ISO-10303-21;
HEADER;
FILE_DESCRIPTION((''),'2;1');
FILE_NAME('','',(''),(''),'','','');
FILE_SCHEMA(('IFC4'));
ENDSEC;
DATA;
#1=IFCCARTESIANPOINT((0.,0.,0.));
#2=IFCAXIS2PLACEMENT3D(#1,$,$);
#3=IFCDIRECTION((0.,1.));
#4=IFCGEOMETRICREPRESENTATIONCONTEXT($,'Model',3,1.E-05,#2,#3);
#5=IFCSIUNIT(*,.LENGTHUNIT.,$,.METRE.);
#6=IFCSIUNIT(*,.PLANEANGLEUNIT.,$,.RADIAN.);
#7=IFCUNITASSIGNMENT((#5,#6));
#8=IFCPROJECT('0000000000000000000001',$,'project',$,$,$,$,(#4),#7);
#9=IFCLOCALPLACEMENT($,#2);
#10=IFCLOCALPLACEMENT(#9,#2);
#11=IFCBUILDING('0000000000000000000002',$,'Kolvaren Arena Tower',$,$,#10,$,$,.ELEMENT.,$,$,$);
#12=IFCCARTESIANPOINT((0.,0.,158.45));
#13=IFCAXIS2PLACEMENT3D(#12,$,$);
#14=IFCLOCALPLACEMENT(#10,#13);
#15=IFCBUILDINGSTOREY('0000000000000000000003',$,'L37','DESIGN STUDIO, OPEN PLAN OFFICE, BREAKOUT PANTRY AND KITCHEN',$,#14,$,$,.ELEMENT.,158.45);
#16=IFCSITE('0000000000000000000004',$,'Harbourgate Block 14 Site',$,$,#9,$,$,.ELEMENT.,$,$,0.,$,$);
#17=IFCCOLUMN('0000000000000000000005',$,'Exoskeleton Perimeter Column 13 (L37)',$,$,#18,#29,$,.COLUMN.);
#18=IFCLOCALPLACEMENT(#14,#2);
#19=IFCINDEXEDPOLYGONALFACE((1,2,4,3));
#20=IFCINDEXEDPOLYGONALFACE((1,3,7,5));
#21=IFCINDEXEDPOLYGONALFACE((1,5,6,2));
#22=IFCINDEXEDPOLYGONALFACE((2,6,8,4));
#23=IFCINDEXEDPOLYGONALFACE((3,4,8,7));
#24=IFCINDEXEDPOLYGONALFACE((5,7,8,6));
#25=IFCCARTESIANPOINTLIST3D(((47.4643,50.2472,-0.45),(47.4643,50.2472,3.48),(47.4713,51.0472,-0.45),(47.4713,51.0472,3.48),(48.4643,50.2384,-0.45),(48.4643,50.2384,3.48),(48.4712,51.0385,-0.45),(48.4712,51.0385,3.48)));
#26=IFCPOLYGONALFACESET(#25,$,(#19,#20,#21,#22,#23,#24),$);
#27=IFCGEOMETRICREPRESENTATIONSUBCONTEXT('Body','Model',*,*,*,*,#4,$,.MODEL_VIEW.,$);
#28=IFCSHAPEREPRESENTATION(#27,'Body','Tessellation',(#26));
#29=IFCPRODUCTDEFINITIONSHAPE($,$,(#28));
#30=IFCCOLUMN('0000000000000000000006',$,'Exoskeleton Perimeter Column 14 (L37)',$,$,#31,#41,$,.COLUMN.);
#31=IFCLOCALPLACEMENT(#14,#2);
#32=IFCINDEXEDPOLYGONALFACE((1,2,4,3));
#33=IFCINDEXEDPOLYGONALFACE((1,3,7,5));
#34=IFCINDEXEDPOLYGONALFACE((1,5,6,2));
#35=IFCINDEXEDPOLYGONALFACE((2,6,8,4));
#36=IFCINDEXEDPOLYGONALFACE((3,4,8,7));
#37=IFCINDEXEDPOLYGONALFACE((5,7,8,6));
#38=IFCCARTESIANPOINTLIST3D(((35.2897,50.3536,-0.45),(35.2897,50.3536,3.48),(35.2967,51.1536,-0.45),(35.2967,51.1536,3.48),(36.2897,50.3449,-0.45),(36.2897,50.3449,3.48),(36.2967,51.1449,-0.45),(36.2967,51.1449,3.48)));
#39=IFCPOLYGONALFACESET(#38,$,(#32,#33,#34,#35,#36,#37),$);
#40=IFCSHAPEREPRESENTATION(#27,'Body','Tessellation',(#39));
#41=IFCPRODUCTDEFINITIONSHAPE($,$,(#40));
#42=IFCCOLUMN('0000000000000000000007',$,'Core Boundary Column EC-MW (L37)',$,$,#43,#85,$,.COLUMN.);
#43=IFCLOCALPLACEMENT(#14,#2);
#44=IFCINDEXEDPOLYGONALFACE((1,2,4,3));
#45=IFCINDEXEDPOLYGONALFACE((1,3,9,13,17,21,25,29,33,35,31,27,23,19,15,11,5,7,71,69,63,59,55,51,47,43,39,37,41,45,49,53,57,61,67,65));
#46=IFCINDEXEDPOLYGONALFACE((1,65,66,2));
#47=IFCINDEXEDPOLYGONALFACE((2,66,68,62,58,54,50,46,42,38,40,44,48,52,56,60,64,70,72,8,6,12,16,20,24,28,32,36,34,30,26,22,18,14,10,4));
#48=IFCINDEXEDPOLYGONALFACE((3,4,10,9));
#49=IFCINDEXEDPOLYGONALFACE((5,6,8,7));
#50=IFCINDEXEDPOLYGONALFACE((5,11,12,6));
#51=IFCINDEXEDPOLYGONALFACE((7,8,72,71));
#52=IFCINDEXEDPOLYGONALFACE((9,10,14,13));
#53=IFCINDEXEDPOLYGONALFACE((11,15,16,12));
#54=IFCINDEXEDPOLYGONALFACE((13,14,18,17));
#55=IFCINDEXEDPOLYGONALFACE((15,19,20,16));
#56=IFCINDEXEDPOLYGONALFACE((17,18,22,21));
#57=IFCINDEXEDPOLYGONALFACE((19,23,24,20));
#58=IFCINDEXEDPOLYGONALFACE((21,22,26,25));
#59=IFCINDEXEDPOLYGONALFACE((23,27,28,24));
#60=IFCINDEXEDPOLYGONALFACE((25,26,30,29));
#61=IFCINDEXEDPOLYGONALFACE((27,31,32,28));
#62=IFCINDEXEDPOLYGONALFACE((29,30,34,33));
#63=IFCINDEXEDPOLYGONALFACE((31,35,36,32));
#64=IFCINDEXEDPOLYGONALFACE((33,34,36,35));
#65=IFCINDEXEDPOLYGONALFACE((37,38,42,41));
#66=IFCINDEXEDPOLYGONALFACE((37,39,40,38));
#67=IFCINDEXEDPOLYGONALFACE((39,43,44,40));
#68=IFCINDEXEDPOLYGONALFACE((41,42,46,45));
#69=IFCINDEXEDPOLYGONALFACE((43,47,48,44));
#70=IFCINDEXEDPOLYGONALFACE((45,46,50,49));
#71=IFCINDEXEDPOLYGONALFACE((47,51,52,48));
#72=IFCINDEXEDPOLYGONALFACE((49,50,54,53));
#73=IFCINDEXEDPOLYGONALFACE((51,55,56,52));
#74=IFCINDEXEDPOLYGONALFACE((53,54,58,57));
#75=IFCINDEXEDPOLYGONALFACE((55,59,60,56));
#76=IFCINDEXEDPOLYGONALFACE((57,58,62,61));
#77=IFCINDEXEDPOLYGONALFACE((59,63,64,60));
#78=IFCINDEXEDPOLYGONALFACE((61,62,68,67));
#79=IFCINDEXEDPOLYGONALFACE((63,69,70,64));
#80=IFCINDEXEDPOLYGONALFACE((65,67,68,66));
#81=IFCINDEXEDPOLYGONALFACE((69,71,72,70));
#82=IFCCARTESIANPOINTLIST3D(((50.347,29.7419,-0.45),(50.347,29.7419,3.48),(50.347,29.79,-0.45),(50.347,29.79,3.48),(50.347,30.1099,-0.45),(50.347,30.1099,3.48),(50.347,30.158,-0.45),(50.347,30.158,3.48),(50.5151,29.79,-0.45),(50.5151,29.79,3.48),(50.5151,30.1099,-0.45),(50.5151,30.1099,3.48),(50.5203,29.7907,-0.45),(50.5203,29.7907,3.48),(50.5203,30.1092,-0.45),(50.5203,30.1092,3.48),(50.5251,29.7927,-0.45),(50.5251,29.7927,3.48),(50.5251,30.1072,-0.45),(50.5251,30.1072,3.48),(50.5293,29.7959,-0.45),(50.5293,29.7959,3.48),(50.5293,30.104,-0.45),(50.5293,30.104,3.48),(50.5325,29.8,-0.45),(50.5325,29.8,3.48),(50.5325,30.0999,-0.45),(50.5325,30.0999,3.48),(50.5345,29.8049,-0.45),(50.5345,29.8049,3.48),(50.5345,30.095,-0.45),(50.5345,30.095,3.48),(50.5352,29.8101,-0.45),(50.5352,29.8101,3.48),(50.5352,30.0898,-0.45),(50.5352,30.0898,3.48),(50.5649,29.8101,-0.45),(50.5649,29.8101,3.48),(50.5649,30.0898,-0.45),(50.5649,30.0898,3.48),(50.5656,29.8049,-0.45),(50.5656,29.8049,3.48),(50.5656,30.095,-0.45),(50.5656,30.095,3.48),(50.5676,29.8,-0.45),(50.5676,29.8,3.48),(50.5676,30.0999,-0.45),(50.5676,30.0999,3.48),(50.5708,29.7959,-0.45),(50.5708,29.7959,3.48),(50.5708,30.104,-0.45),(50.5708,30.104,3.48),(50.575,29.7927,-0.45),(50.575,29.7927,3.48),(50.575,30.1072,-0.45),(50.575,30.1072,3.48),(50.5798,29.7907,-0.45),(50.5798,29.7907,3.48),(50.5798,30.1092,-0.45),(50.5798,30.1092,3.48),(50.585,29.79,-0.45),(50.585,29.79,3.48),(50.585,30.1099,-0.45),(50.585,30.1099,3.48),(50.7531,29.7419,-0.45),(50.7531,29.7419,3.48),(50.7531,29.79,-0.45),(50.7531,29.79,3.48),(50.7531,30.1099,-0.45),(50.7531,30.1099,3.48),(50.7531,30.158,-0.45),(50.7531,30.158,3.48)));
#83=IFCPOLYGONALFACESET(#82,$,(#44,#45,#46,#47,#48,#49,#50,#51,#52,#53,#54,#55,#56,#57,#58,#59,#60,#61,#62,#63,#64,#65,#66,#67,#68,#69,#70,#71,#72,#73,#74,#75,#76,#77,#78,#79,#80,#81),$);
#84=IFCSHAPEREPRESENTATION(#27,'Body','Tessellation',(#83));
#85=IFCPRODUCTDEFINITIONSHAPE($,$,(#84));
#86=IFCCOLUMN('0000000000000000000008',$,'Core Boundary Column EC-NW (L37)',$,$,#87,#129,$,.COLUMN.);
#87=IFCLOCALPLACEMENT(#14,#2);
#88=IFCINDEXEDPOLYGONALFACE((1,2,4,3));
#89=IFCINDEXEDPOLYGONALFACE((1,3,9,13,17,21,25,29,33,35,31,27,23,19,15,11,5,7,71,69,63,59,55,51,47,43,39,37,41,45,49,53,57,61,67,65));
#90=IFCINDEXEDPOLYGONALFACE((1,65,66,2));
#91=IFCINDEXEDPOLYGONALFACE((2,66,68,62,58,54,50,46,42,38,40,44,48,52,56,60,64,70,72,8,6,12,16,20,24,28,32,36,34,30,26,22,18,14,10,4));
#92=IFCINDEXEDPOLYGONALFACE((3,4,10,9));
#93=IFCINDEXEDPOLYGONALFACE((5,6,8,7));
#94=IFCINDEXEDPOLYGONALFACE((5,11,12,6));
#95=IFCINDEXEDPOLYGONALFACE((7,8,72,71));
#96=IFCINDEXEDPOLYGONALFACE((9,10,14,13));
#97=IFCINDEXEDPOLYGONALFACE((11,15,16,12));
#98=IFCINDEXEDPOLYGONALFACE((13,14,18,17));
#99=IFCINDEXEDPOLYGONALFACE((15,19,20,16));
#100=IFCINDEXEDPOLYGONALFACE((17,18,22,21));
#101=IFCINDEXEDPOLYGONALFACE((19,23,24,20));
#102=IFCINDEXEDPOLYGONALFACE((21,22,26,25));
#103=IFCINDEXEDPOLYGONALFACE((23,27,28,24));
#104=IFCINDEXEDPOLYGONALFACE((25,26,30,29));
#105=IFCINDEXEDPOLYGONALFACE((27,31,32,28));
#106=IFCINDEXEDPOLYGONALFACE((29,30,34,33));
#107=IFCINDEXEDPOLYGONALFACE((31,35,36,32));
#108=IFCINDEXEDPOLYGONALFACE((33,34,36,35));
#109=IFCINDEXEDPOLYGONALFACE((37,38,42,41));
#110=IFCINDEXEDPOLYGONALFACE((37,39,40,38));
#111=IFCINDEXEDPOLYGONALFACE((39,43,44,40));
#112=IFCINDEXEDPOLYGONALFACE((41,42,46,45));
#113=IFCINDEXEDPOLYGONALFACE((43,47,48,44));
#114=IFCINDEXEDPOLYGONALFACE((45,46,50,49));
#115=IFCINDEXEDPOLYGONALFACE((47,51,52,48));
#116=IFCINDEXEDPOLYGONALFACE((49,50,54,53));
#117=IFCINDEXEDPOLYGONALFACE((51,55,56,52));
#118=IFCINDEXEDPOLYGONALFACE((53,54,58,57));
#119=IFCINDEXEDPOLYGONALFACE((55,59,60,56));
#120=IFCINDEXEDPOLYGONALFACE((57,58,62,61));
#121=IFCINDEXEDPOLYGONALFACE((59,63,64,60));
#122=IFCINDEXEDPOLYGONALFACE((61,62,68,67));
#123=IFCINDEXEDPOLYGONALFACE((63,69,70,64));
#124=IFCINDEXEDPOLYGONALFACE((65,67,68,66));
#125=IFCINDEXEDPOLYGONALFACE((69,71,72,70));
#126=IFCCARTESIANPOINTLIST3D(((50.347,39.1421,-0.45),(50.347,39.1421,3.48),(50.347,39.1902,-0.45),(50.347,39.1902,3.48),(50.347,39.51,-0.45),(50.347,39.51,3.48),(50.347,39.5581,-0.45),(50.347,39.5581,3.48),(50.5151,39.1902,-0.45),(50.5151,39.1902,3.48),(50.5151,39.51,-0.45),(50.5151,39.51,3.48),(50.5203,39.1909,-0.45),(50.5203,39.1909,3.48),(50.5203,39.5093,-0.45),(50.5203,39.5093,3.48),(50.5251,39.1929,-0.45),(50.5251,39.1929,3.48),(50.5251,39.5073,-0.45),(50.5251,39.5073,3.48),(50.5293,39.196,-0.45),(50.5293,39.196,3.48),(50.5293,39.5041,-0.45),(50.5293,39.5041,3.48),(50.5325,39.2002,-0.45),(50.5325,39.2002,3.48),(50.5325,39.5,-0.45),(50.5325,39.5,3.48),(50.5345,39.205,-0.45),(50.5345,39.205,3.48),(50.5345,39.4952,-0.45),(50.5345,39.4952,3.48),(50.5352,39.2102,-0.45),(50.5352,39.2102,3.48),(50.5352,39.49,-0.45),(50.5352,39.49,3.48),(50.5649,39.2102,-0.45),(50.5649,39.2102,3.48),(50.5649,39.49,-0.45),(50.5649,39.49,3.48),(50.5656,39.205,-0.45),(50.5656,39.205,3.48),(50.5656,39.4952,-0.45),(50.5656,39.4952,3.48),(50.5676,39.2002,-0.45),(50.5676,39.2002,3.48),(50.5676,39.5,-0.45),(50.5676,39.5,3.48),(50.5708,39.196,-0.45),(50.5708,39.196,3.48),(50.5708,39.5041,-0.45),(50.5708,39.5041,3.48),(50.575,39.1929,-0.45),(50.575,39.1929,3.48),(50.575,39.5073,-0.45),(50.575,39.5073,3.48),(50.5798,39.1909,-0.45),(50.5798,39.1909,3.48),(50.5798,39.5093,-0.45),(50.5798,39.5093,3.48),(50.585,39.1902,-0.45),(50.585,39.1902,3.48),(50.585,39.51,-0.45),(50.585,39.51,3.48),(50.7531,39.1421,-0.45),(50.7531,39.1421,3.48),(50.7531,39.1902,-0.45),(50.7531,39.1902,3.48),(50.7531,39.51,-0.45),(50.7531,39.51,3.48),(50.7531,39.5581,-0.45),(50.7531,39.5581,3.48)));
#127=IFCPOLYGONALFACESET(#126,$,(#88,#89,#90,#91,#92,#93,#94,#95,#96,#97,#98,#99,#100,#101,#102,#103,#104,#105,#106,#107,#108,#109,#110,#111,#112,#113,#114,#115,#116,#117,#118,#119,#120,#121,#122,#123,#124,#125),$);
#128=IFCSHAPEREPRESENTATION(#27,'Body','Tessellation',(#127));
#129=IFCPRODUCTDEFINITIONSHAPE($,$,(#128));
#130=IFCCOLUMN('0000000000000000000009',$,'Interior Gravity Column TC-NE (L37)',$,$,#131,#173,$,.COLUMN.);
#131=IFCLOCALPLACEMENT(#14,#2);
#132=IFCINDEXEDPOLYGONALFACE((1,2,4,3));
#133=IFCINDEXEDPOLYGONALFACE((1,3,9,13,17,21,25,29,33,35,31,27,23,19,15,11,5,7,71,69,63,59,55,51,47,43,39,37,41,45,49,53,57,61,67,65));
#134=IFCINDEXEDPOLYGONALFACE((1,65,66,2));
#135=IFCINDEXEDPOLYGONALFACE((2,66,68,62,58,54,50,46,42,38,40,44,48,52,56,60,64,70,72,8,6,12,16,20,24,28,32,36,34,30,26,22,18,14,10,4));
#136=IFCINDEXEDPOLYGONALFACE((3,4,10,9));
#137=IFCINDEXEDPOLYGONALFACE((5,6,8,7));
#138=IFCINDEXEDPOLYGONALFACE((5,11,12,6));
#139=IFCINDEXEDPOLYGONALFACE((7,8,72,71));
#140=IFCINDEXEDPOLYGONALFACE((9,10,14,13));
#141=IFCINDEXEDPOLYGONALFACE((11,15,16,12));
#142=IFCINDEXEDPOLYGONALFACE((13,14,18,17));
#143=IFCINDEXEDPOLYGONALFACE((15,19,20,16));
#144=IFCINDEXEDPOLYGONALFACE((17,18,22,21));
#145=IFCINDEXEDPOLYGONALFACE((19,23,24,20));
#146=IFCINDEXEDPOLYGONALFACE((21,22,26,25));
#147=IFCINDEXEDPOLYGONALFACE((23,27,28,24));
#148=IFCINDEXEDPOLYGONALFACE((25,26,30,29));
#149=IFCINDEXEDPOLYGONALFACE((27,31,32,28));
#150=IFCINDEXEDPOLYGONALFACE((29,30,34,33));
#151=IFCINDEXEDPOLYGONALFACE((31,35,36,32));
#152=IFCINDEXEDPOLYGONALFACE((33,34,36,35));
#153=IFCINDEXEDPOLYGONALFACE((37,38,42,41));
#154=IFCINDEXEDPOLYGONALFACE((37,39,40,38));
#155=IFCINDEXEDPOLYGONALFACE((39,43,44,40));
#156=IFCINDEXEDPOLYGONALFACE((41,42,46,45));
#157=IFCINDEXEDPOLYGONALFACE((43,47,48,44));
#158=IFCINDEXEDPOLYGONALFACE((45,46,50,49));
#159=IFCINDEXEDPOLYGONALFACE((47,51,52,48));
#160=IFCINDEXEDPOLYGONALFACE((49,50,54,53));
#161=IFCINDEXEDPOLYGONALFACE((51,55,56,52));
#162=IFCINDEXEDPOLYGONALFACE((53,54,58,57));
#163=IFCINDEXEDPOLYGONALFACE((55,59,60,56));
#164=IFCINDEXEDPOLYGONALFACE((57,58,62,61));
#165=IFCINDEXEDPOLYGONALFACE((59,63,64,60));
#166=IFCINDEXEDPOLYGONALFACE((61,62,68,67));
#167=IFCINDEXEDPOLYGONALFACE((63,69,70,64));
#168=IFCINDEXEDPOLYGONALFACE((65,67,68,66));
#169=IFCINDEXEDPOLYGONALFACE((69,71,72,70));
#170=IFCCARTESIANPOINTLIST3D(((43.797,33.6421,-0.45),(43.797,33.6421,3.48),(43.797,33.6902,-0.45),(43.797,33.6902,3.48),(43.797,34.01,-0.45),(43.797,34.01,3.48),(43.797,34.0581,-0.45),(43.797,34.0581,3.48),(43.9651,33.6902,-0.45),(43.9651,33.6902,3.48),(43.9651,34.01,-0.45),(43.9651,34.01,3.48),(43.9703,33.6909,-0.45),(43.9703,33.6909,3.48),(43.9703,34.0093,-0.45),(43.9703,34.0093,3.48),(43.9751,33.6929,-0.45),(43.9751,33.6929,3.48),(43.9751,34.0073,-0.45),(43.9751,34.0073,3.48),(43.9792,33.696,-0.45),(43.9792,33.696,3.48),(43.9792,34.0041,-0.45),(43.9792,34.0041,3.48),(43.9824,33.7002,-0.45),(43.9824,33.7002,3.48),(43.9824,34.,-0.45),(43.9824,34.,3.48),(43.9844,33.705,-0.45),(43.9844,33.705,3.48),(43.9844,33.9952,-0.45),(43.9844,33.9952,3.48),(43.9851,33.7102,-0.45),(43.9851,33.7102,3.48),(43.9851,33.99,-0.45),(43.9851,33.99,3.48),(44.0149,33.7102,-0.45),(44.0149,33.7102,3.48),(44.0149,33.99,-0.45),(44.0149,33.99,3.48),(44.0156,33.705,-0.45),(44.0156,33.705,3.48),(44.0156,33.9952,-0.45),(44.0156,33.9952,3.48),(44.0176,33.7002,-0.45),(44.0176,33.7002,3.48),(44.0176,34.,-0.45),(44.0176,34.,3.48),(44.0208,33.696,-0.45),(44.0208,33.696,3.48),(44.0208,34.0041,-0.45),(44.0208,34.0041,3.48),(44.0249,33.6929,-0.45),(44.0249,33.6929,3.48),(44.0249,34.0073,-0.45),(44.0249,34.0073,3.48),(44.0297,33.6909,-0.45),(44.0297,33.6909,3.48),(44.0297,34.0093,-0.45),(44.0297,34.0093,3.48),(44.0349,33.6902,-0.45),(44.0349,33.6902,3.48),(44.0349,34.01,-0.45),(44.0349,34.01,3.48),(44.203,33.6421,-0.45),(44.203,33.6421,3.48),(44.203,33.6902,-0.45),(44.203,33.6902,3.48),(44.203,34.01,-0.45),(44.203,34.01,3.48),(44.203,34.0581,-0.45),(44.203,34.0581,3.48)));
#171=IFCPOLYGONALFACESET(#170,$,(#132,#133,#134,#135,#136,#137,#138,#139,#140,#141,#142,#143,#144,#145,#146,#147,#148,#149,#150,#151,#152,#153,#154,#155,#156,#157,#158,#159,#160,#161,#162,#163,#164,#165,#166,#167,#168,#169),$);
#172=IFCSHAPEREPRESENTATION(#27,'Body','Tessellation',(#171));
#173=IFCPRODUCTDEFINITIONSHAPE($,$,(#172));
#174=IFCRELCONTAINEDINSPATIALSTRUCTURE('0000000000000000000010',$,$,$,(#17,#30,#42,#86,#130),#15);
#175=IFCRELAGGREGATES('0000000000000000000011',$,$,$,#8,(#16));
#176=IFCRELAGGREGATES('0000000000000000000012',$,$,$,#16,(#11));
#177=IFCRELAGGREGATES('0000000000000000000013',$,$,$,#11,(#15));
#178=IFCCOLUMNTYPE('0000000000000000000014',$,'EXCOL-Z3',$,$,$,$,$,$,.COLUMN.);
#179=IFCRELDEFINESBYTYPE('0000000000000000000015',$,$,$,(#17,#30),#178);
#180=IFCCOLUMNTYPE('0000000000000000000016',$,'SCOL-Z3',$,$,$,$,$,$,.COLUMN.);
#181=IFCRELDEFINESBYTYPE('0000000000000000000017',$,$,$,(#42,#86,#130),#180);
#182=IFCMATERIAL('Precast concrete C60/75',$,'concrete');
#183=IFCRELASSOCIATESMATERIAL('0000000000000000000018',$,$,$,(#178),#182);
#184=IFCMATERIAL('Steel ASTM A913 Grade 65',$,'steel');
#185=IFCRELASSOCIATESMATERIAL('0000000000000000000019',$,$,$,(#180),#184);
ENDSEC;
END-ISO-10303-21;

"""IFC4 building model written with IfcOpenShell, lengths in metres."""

from ifc_helpers import new_model, si_unit, direction, frame, origin, origin_2d, place, context, subcontext, project, spatial, rectangle, i_section, extrude, material, material_profile, profile_set, type_object, element, save


model = new_model("IFC4")

# Units and contexts
model_context = context("Model", 3, precision=1e-05, world=origin(), true_north=direction((0.0, 1.0)))
body_context = subcontext(model_context, "Body", "Model", "MODEL_VIEW")
ifc_project = project(units=[si_unit("LENGTHUNIT", "METRE"), si_unit("PLANEANGLEUNIT", "RADIAN")], contexts=[model_context])

# Site, building, storey
site_placement = place(None, origin())
site = spatial("IfcSite", under=ifc_project, at=site_placement, Name="Harbourgate Block 14 Site", CompositionType="ELEMENT", RefElevation=0.0)
building_placement = place(site_placement, origin())
building = spatial("IfcBuilding", under=site, at=building_placement, Name="Kolvaren Arena Tower", CompositionType="ELEMENT")
storey_placement = place(building_placement, frame((0.0, 0.0, 158.45)))
storey = spatial("IfcBuildingStorey", under=building, at=storey_placement, Name="L37", Description="DESIGN STUDIO, OPEN PLAN OFFICE, BREAKOUT PANTRY AND KITCHEN", CompositionType="ELEMENT", Elevation=158.45)

# Columns
ifc_material_1 = material(Name="Precast concrete C60/75", Category="concrete")
ifc_material_profile_1 = material_profile(ifc_material_1, rectangle(XDim=1.0, YDim=0.8, at=origin_2d()), Name="RC-1000x800")
ifc_profile_set_1 = profile_set([ifc_material_profile_1], Name="Precast concrete C60/75")
column_type_1 = type_object("IfcColumnType", Name="EXCOL-Z3", PredefinedType="COLUMN", material=ifc_profile_set_1)
for number, where, z_axis, x_axis, name in (
    (1, (47.9678, 50.6428, -0.45), (0.0, 0.0, 1.0), (0.999962, -0.008727, 0.0), "Exoskeleton Perimeter Column 13 (L37)"),
    (2, (35.7932, 50.7493, -0.45), (0.0, 0.0, 1.0), (0.999962, -0.008727, 0.0), "Exoskeleton Perimeter Column 14 (L37)"),
):
    element("IfcColumn", number, at=place(storey_placement, frame(where, z_axis=z_axis, x_axis=x_axis)), inside=storey, type_object=column_type_1, Name=name, PredefinedType="COLUMN", context=body_context, shape_type="SweptSolid", body=[
        extrude(rectangle(XDim=1.0, YDim=0.8, at=origin_2d()), origin(), (0.0, 0.0, 1.0), 3.9299),
    ])
ifc_material_2 = material(Name="Steel ASTM A913 Grade 65", Category="steel")
ifc_material_profile_2 = material_profile(ifc_material_2, i_section(OverallWidth=0.406, OverallDepth=0.416, WebThickness=0.0298, FlangeThickness=0.0481, FilletRadius=0.02, at=origin_2d()), Name="W360x382")
ifc_profile_set_2 = profile_set([ifc_material_profile_2], Name="Steel ASTM A913 Grade 65")
column_type_2 = type_object("IfcColumnType", Name="SCOL-Z3", PredefinedType="COLUMN", material=ifc_profile_set_2)
for number, where, z_axis, x_axis, name in (
    (3, (50.55, 29.95, -0.45), (0.0, 0.0, 1.0), (1.0, 0.0, 0.0), "Core Boundary Column EC-MW (L37)"),
    (4, (50.55, 39.3501, -0.45), (0.0, 0.0, 1.0), (1.0, 0.0, 0.0), "Core Boundary Column EC-NW (L37)"),
    (5, (44.0, 33.8501, -0.45), (0.0, 0.0, 1.0), (1.0, 0.0, 0.0), "Interior Gravity Column TC-NE (L37)"),
):
    element("IfcColumn", number, at=place(storey_placement, frame(where, z_axis=z_axis, x_axis=x_axis)), inside=storey, type_object=column_type_2, Name=name, PredefinedType="COLUMN", context=body_context, shape_type="SweptSolid", body=[
        extrude(i_section(OverallWidth=0.406, OverallDepth=0.416, WebThickness=0.0298, FlangeThickness=0.0481, FilletRadius=0.02, at=origin_2d()), origin(), (0.0, 0.0, 1.0), 3.9299),
    ])

save(model, "model.ifc")
